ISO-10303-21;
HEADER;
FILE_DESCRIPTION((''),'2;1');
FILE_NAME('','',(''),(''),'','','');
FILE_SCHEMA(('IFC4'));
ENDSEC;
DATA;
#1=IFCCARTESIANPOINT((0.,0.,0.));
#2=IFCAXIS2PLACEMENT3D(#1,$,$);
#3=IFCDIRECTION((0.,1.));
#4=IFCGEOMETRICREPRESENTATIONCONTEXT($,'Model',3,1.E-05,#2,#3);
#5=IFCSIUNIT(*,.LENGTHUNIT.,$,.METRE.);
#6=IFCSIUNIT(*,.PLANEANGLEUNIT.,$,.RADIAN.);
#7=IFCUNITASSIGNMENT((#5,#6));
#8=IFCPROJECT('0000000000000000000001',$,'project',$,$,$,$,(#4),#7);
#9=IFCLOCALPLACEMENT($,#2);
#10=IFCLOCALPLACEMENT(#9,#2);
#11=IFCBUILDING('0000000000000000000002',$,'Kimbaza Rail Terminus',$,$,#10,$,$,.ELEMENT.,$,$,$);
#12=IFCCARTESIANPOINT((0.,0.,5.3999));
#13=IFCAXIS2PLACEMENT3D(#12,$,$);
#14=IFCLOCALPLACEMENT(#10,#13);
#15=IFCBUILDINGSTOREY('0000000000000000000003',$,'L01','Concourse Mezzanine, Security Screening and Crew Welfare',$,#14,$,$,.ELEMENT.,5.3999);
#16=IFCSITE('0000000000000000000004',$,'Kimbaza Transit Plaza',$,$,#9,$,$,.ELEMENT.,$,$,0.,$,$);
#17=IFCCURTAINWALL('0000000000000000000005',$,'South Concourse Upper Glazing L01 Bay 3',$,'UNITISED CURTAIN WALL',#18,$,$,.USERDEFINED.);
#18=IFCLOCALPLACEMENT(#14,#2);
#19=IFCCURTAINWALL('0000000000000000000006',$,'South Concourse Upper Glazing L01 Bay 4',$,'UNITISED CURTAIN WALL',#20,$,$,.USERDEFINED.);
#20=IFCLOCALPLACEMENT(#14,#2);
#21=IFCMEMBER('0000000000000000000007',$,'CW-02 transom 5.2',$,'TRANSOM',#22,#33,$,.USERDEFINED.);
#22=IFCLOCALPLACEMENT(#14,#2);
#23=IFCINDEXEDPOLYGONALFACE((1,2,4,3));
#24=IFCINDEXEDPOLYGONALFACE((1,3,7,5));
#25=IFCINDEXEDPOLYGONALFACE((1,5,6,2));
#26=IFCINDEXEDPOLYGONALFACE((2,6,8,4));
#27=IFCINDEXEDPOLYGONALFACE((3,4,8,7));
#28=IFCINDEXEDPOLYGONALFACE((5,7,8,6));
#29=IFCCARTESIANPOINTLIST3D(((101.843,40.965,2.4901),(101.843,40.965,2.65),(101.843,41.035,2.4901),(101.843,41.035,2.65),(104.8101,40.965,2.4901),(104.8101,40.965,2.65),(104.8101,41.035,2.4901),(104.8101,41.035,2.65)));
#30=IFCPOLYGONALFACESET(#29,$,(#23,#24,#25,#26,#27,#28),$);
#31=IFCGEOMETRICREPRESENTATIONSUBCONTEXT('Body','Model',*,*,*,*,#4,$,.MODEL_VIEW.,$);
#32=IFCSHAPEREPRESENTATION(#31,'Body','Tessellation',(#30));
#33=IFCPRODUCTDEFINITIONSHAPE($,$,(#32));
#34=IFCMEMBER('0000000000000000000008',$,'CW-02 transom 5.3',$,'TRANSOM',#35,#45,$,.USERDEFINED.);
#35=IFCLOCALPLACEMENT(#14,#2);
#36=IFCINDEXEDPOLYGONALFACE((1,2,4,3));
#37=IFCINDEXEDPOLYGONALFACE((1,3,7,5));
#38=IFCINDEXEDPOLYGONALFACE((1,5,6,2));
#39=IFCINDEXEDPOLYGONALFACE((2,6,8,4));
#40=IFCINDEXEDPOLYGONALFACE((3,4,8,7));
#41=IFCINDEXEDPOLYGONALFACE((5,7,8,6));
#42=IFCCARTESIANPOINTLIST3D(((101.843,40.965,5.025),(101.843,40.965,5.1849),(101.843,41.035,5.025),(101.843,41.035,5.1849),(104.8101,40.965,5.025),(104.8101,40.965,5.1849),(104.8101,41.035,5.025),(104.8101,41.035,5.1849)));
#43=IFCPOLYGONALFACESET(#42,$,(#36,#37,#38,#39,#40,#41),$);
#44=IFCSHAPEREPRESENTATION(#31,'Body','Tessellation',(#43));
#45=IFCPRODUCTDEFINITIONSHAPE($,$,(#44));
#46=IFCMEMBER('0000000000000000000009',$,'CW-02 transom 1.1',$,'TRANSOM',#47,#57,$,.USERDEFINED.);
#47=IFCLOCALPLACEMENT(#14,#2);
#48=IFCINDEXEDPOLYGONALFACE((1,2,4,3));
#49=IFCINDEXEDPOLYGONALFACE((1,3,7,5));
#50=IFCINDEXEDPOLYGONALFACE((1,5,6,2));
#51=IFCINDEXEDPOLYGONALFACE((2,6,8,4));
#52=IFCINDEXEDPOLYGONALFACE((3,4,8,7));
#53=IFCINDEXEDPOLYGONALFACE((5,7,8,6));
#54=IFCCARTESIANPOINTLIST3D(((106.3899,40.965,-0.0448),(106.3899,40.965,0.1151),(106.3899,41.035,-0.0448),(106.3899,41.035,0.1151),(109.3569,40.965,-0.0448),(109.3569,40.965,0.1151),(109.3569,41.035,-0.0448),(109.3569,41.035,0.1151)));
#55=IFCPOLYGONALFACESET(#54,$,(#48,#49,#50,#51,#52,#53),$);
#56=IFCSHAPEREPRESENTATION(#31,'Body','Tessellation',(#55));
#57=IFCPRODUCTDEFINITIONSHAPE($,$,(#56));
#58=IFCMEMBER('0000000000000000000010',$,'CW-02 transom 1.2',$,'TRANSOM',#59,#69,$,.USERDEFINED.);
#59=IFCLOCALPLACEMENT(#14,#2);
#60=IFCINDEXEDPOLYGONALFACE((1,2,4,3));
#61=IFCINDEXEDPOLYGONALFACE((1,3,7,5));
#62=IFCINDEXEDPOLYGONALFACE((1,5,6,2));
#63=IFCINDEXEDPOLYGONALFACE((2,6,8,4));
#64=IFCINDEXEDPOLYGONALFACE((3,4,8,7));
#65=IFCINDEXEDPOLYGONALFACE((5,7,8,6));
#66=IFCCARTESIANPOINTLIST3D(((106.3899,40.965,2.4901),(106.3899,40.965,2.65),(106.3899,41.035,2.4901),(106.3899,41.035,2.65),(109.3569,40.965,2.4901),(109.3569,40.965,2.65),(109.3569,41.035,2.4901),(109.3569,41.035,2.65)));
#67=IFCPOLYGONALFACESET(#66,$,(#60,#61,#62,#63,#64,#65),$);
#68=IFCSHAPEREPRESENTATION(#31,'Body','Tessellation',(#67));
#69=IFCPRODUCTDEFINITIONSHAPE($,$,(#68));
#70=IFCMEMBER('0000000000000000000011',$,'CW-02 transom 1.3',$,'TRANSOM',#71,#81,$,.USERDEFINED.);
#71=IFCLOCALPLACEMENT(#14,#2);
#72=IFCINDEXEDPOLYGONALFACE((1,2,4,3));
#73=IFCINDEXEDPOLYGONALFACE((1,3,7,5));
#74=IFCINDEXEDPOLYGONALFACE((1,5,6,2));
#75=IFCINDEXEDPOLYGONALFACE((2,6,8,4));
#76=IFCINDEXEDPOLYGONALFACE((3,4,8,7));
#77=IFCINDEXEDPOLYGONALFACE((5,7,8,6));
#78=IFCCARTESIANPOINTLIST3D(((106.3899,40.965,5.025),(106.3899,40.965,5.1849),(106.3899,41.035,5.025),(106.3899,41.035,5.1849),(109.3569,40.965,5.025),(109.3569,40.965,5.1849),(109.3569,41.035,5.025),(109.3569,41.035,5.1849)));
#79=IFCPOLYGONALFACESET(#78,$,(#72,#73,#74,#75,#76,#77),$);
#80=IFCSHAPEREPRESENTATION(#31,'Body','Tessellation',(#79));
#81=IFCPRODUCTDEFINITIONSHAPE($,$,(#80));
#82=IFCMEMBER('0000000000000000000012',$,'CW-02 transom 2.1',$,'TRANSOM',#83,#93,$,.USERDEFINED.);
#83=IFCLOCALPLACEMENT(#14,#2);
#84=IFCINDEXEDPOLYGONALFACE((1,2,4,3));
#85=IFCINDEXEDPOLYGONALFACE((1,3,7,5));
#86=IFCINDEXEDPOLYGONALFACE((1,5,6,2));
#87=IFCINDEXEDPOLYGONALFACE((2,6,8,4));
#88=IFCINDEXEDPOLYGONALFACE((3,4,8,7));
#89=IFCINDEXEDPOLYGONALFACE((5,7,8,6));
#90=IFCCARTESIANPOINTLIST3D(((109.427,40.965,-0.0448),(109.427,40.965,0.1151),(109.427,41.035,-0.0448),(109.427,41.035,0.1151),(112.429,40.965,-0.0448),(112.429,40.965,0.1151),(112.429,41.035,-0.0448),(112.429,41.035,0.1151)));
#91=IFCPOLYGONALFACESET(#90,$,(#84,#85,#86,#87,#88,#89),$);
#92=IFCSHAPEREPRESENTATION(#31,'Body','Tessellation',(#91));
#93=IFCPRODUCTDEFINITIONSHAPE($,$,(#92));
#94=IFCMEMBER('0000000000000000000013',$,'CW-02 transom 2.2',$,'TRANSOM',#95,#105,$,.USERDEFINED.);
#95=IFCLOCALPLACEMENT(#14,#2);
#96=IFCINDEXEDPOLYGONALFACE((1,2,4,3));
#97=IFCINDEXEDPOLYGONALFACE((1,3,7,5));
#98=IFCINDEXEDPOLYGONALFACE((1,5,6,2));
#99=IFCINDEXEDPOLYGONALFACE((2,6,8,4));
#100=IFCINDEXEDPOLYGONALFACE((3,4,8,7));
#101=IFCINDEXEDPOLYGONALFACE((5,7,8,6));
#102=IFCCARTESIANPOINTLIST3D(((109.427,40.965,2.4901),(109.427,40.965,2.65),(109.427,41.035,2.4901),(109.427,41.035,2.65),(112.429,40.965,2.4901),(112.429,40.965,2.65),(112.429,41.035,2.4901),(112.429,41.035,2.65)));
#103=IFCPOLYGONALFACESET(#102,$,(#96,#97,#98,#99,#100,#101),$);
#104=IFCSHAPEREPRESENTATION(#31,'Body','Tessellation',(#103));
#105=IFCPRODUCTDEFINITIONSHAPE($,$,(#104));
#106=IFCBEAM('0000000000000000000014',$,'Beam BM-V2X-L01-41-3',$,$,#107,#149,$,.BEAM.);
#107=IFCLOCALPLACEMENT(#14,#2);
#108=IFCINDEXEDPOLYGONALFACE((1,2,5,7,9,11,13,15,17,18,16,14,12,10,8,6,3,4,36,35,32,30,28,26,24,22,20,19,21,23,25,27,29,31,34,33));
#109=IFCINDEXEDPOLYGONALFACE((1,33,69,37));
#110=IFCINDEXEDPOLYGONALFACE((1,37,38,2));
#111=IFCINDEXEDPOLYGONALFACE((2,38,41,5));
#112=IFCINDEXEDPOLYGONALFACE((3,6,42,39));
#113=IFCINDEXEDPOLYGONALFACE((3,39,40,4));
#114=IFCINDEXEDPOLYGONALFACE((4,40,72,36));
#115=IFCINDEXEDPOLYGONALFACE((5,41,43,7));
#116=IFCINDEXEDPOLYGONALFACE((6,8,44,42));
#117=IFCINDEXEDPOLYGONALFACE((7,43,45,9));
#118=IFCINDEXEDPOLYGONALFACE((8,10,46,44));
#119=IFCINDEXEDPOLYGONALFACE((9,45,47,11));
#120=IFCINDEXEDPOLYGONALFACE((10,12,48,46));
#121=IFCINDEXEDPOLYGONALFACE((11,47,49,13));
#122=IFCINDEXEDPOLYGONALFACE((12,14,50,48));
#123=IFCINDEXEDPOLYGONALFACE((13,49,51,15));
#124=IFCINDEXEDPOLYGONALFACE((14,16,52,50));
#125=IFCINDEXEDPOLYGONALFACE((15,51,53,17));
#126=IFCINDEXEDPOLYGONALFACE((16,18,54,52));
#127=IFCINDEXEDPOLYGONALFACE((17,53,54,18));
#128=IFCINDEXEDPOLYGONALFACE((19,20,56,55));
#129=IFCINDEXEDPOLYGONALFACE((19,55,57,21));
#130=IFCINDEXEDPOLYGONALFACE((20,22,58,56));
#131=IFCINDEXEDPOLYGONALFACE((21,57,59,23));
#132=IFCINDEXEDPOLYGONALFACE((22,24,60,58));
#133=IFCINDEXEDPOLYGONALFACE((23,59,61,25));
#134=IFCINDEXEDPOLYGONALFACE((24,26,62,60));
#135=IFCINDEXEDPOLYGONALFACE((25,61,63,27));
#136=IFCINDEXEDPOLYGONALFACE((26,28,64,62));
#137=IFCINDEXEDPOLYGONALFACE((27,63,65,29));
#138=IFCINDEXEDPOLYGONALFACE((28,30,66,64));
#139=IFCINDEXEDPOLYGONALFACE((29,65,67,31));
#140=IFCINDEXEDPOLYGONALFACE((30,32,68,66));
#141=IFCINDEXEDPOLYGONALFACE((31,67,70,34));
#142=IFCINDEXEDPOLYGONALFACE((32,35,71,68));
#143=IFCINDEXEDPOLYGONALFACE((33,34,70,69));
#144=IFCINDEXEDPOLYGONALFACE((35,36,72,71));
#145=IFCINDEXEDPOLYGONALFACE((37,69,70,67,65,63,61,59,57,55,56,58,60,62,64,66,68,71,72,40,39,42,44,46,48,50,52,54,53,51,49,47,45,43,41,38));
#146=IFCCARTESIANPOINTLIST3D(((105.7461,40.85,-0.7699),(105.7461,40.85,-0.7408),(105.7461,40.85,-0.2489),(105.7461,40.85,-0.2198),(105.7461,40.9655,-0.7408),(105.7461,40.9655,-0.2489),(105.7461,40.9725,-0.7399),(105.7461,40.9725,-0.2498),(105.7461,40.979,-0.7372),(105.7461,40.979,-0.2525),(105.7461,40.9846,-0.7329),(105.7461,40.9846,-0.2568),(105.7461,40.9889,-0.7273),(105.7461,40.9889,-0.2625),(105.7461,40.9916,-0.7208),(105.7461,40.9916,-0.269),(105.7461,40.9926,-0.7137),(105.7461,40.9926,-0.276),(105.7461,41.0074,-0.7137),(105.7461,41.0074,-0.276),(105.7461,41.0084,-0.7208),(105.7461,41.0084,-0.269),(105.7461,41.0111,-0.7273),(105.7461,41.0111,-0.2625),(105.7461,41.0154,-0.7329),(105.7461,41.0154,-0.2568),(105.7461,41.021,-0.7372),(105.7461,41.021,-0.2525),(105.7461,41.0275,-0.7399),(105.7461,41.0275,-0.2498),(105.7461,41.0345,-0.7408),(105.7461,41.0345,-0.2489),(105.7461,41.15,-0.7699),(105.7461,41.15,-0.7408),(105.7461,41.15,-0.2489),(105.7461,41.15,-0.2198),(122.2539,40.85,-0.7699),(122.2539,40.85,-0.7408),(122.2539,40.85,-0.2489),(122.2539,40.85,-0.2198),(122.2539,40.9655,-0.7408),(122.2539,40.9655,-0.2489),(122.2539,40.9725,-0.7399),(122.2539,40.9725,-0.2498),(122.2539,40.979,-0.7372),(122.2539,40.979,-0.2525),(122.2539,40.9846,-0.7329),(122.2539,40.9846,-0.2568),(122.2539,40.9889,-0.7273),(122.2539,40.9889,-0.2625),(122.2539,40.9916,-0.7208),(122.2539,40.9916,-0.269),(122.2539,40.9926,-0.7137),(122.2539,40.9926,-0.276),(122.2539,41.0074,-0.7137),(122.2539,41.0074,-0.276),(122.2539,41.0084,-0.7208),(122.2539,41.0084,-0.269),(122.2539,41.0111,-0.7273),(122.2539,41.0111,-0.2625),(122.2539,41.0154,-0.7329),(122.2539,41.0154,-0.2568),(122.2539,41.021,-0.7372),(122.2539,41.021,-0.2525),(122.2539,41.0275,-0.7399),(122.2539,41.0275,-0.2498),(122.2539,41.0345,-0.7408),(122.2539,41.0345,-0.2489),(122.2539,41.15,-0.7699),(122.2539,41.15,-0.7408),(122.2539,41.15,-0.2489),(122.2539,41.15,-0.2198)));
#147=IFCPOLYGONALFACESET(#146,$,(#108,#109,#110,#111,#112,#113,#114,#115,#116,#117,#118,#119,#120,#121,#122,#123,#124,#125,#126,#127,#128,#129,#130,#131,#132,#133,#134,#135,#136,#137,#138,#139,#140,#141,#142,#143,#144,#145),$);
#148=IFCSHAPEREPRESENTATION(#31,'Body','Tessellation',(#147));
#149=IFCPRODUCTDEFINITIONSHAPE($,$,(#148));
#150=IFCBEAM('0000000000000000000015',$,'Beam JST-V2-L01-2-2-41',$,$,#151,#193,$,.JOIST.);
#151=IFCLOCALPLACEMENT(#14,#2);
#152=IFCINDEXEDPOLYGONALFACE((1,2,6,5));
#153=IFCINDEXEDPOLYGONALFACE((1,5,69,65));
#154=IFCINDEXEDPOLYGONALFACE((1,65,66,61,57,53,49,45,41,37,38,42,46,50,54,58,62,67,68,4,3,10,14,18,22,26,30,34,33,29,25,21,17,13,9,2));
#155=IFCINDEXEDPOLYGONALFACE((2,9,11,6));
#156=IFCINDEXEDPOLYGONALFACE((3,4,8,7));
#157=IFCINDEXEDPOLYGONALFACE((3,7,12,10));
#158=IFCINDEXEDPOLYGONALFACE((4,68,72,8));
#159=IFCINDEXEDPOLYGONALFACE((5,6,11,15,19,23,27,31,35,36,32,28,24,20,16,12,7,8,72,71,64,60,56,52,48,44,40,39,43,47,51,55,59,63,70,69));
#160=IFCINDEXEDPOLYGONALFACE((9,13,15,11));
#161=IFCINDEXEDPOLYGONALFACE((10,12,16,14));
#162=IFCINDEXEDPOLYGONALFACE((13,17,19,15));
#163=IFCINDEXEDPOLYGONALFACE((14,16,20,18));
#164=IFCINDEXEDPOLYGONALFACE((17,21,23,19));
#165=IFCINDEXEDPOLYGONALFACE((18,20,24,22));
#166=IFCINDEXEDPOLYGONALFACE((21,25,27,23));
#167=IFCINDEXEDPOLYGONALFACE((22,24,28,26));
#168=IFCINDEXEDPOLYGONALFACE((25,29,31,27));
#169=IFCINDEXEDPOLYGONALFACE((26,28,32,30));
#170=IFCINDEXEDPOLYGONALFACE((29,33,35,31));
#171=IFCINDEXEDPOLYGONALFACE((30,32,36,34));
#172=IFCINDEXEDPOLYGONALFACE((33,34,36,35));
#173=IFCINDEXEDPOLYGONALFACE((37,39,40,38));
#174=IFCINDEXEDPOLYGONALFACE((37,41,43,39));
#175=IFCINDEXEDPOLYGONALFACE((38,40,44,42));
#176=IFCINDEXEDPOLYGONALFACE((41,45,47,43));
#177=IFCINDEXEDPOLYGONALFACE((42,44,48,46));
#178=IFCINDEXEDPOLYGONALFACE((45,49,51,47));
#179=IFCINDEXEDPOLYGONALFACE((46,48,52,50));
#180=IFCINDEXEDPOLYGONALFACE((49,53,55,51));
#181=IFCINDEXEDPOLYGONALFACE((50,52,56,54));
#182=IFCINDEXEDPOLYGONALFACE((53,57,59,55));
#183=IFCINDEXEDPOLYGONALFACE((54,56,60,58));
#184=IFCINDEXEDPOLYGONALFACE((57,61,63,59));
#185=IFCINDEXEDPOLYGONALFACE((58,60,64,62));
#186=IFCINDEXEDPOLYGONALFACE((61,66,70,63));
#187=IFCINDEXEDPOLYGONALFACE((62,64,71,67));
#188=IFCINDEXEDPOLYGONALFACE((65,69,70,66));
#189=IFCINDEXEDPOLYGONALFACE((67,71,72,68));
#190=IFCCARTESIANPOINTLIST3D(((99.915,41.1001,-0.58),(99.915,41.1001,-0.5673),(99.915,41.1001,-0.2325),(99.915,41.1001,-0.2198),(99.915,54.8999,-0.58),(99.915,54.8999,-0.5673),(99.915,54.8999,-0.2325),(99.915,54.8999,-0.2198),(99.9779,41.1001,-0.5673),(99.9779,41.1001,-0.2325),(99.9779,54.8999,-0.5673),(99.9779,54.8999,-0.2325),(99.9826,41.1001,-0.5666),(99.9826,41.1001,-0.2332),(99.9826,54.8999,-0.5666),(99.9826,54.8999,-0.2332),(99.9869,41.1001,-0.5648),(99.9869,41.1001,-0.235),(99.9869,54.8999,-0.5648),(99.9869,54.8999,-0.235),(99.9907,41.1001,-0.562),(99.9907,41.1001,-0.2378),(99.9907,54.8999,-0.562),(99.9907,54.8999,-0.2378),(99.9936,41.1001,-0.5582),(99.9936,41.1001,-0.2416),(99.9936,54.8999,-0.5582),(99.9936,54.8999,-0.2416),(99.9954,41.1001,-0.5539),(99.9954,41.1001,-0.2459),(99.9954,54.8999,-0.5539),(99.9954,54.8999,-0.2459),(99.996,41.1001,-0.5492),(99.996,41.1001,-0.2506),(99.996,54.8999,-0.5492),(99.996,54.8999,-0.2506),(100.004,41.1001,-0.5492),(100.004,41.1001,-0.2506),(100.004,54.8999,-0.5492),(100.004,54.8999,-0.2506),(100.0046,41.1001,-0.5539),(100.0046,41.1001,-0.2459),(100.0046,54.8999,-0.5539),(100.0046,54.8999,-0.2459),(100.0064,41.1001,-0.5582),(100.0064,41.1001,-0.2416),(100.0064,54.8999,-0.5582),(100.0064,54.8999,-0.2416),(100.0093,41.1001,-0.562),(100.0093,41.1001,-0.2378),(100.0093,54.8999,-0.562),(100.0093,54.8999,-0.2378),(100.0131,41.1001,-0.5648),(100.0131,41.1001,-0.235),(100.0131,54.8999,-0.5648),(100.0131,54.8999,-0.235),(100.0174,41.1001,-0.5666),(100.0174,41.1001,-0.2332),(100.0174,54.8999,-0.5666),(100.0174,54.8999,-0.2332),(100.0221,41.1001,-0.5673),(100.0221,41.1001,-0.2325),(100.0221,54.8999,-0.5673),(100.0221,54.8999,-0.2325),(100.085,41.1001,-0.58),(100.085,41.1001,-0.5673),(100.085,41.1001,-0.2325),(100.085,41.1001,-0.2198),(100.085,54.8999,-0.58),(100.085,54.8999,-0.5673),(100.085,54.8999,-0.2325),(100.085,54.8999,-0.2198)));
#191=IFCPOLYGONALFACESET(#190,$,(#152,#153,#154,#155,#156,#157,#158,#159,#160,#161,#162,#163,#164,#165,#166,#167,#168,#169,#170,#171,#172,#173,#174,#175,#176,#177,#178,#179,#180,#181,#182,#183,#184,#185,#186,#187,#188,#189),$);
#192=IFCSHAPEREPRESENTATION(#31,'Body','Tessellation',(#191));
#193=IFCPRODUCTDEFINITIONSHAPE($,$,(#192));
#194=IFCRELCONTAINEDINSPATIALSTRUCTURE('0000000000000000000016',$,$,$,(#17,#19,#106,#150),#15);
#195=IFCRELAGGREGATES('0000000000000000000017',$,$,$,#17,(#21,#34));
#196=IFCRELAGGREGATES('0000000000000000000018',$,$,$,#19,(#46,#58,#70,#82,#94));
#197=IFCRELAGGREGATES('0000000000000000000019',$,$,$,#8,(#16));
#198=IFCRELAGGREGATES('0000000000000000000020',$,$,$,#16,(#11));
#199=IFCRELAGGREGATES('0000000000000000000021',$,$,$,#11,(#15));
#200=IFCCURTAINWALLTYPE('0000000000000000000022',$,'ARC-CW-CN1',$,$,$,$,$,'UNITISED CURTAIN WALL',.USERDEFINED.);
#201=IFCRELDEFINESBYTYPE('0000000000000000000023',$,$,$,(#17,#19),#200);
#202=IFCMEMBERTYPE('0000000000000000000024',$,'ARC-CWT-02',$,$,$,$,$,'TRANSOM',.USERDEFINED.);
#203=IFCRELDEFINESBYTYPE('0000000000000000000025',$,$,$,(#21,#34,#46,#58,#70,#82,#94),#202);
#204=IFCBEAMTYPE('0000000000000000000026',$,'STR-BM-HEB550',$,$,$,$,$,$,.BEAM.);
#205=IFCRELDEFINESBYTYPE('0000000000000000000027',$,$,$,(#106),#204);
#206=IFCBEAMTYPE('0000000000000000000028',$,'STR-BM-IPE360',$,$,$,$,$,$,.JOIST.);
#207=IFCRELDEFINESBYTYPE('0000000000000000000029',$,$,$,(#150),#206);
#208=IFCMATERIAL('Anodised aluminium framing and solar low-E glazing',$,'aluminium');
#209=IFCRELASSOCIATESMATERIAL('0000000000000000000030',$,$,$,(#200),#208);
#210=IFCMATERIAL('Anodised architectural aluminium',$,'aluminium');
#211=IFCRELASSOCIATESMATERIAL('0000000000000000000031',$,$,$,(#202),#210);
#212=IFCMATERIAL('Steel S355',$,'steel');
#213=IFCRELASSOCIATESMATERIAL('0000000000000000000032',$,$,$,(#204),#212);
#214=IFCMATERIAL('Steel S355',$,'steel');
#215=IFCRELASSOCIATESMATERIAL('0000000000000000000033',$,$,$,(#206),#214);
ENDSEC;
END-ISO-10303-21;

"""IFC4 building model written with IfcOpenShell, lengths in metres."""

from ifc_helpers import new_model, si_unit, direction, frame, origin, origin_2d, place, context, subcontext, project, spatial, rectangle, i_section, extrude, material, material_profile, profile_set, type_object, element, aggregate, save


model = new_model("IFC4")

# Units and contexts
model_context = context("Model", 3, precision=1e-05, world=origin(), true_north=direction((0.0, 1.0)))
body_context = subcontext(model_context, "Body", "Model", "MODEL_VIEW")
ifc_project = project(units=[si_unit("LENGTHUNIT", "METRE"), si_unit("PLANEANGLEUNIT", "RADIAN")], contexts=[model_context])

# Site, building, storey
site_placement = place(None, origin())
site = spatial("IfcSite", under=ifc_project, at=site_placement, Name="Kimbaza Transit Plaza", CompositionType="ELEMENT", RefElevation=0.0)
building_placement = place(site_placement, origin())
building = spatial("IfcBuilding", under=site, at=building_placement, Name="Kimbaza Rail Terminus", CompositionType="ELEMENT")
storey_placement = place(building_placement, frame((0.0, 0.0, 5.3999)))
storey = spatial("IfcBuildingStorey", under=building, at=storey_placement, Name="L01", Description="Concourse Mezzanine, Security Screening and Crew Welfare", CompositionType="ELEMENT", Elevation=5.3999)

# Curtain walls
ifc_material_1 = material(Name="Anodised aluminium framing and solar low-E glazing", Category="aluminium")
curtain_wall_type = type_object("IfcCurtainWallType", Name="ARC-CW-CN1", ElementType="UNITISED CURTAIN WALL", PredefinedType="USERDEFINED", material=ifc_material_1)
curtain_wall_1_placement = place(storey_placement, origin())
curtain_wall_1 = element("IfcCurtainWall", 1, at=curtain_wall_1_placement, inside=storey, type_object=curtain_wall_type, Name="South Concourse Upper Glazing L01 Bay 3", ObjectType="UNITISED CURTAIN WALL", PredefinedType="USERDEFINED")
curtain_wall_2_placement = place(storey_placement, origin())
curtain_wall_2 = element("IfcCurtainWall", 2, at=curtain_wall_2_placement, inside=storey, type_object=curtain_wall_type, Name="South Concourse Upper Glazing L01 Bay 4", ObjectType="UNITISED CURTAIN WALL", PredefinedType="USERDEFINED")

# Members
ifc_material_2 = material(Name="Anodised architectural aluminium", Category="aluminium")
ifc_material_profile_1 = material_profile(ifc_material_2, rectangle(XDim=0.0701, YDim=0.1599, at=origin_2d()), Name="TRANSOM 70x160")
ifc_profile_set_1 = profile_set([ifc_material_profile_1], Name="Anodised architectural aluminium")
member_type_1 = type_object("IfcMemberType", Name="ARC-CWT-02", ElementType="TRANSOM", PredefinedType="USERDEFINED", material=ifc_profile_set_1)
member_1_placement = place(storey_placement, frame((101.843, 41.0, 2.5701), z_axis=(1.0, 0.0, 0.0), x_axis=(0.0, 1.0, 0.0)))
member_1 = element("IfcMember", 3, at=member_1_placement, type_object=member_type_1, Name="CW-02 transom 5.2", ObjectType="TRANSOM", PredefinedType="USERDEFINED", context=body_context, shape_type="SweptSolid", body=[
    extrude(rectangle(XDim=0.0701, YDim=0.1599, at=origin_2d()), origin(), (0.0, 0.0, 1.0), 2.967),
])
member_2_placement = place(storey_placement, frame((101.843, 41.0, 5.105), z_axis=(1.0, 0.0, 0.0), x_axis=(0.0, 1.0, 0.0)))
member_2 = element("IfcMember", 4, at=member_2_placement, type_object=member_type_1, Name="CW-02 transom 5.3", ObjectType="TRANSOM", PredefinedType="USERDEFINED", context=body_context, shape_type="SweptSolid", body=[
    extrude(rectangle(XDim=0.0701, YDim=0.1599, at=origin_2d()), origin(), (0.0, 0.0, 1.0), 2.967),
])
member_3_placement = place(storey_placement, frame((106.3899, 41.0, 0.0352), z_axis=(1.0, 0.0, 0.0), x_axis=(0.0, 1.0, 0.0)))
member_3 = element("IfcMember", 5, at=member_3_placement, type_object=member_type_1, Name="CW-02 transom 1.1", ObjectType="TRANSOM", PredefinedType="USERDEFINED", context=body_context, shape_type="SweptSolid", body=[
    extrude(rectangle(XDim=0.0701, YDim=0.1599, at=origin_2d()), origin(), (0.0, 0.0, 1.0), 2.967),
])
member_4_placement = place(storey_placement, frame((106.3899, 41.0, 2.5701), z_axis=(1.0, 0.0, 0.0), x_axis=(0.0, 1.0, 0.0)))
member_4 = element("IfcMember", 6, at=member_4_placement, type_object=member_type_1, Name="CW-02 transom 1.2", ObjectType="TRANSOM", PredefinedType="USERDEFINED", context=body_context, shape_type="SweptSolid", body=[
    extrude(rectangle(XDim=0.0701, YDim=0.1599, at=origin_2d()), origin(), (0.0, 0.0, 1.0), 2.967),
])
member_5_placement = place(storey_placement, frame((106.3899, 41.0, 5.105), z_axis=(1.0, 0.0, 0.0), x_axis=(0.0, 1.0, 0.0)))
member_5 = element("IfcMember", 7, at=member_5_placement, type_object=member_type_1, Name="CW-02 transom 1.3", ObjectType="TRANSOM", PredefinedType="USERDEFINED", context=body_context, shape_type="SweptSolid", body=[
    extrude(rectangle(XDim=0.0701, YDim=0.1599, at=origin_2d()), origin(), (0.0, 0.0, 1.0), 2.967),
])
member_6_placement = place(storey_placement, frame((109.427, 41.0, 0.0352), z_axis=(1.0, 0.0, 0.0), x_axis=(0.0, 1.0, 0.0)))
member_6 = element("IfcMember", 8, at=member_6_placement, type_object=member_type_1, Name="CW-02 transom 2.1", ObjectType="TRANSOM", PredefinedType="USERDEFINED", context=body_context, shape_type="SweptSolid", body=[
    extrude(rectangle(XDim=0.0701, YDim=0.1599, at=origin_2d()), origin(), (0.0, 0.0, 1.0), 3.002),
])
member_7_placement = place(storey_placement, frame((109.427, 41.0, 2.5701), z_axis=(1.0, 0.0, 0.0), x_axis=(0.0, 1.0, 0.0)))
member_7 = element("IfcMember", 9, at=member_7_placement, type_object=member_type_1, Name="CW-02 transom 2.2", ObjectType="TRANSOM", PredefinedType="USERDEFINED", context=body_context, shape_type="SweptSolid", body=[
    extrude(rectangle(XDim=0.0701, YDim=0.1599, at=origin_2d()), origin(), (0.0, 0.0, 1.0), 3.002),
])

# Beams
ifc_material_3 = material(Name="Steel S355", Category="steel")
ifc_material_profile_2 = material_profile(ifc_material_3, i_section(OverallWidth=0.3, OverallDepth=0.55, WebThickness=0.0149, FlangeThickness=0.0291, FilletRadius=0.0271, at=origin_2d()), Name="HEB 550")
ifc_profile_set_2 = profile_set([ifc_material_profile_2], Name="Steel S355")
beam_type_1 = type_object("IfcBeamType", Name="STR-BM-HEB550", PredefinedType="BEAM", material=ifc_profile_set_2)
beam_1_placement = place(storey_placement, frame((105.7461, 41.0, -0.4949), z_axis=(1.0, 0.0, 0.0), x_axis=(0.0, 1.0, 0.0)))
element("IfcBeam", 10, at=beam_1_placement, inside=storey, type_object=beam_type_1, Name="Beam BM-V2X-L01-41-3", PredefinedType="BEAM", context=body_context, shape_type="SweptSolid", body=[
    extrude(i_section(OverallWidth=0.3, OverallDepth=0.55, WebThickness=0.0149, FlangeThickness=0.0291, FilletRadius=0.0271, at=origin_2d()), origin(), (0.0, 0.0, 1.0), 16.5078),
])
ifc_material_4 = material(Name="Steel S355", Category="steel")
ifc_material_profile_3 = material_profile(ifc_material_4, i_section(OverallWidth=0.1699, OverallDepth=0.3601, WebThickness=0.0081, FlangeThickness=0.0127, FilletRadius=0.0181, at=origin_2d()), Name="IPE 360")
ifc_profile_set_3 = profile_set([ifc_material_profile_3], Name="Steel S355")
beam_type_2 = type_object("IfcBeamType", Name="STR-BM-IPE360", PredefinedType="JOIST", material=ifc_profile_set_3)
beam_2_placement = place(storey_placement, frame((100.0, 41.1001, -0.3999), z_axis=(0.0, 1.0, 0.0), x_axis=(-1.0, 0.0, 0.0)))
element("IfcBeam", 11, at=beam_2_placement, inside=storey, type_object=beam_type_2, Name="Beam JST-V2-L01-2-2-41", PredefinedType="JOIST", context=body_context, shape_type="SweptSolid", body=[
    extrude(i_section(OverallWidth=0.1699, OverallDepth=0.3601, WebThickness=0.0081, FlangeThickness=0.0127, FilletRadius=0.0181, at=origin_2d()), origin(), (0.0, 0.0, 1.0), 13.7998),
])

aggregate(curtain_wall_1, [member_1, member_2])
aggregate(curtain_wall_2, [member_3, member_4, member_5, member_6, member_7])

save(model, "model.ifc")
